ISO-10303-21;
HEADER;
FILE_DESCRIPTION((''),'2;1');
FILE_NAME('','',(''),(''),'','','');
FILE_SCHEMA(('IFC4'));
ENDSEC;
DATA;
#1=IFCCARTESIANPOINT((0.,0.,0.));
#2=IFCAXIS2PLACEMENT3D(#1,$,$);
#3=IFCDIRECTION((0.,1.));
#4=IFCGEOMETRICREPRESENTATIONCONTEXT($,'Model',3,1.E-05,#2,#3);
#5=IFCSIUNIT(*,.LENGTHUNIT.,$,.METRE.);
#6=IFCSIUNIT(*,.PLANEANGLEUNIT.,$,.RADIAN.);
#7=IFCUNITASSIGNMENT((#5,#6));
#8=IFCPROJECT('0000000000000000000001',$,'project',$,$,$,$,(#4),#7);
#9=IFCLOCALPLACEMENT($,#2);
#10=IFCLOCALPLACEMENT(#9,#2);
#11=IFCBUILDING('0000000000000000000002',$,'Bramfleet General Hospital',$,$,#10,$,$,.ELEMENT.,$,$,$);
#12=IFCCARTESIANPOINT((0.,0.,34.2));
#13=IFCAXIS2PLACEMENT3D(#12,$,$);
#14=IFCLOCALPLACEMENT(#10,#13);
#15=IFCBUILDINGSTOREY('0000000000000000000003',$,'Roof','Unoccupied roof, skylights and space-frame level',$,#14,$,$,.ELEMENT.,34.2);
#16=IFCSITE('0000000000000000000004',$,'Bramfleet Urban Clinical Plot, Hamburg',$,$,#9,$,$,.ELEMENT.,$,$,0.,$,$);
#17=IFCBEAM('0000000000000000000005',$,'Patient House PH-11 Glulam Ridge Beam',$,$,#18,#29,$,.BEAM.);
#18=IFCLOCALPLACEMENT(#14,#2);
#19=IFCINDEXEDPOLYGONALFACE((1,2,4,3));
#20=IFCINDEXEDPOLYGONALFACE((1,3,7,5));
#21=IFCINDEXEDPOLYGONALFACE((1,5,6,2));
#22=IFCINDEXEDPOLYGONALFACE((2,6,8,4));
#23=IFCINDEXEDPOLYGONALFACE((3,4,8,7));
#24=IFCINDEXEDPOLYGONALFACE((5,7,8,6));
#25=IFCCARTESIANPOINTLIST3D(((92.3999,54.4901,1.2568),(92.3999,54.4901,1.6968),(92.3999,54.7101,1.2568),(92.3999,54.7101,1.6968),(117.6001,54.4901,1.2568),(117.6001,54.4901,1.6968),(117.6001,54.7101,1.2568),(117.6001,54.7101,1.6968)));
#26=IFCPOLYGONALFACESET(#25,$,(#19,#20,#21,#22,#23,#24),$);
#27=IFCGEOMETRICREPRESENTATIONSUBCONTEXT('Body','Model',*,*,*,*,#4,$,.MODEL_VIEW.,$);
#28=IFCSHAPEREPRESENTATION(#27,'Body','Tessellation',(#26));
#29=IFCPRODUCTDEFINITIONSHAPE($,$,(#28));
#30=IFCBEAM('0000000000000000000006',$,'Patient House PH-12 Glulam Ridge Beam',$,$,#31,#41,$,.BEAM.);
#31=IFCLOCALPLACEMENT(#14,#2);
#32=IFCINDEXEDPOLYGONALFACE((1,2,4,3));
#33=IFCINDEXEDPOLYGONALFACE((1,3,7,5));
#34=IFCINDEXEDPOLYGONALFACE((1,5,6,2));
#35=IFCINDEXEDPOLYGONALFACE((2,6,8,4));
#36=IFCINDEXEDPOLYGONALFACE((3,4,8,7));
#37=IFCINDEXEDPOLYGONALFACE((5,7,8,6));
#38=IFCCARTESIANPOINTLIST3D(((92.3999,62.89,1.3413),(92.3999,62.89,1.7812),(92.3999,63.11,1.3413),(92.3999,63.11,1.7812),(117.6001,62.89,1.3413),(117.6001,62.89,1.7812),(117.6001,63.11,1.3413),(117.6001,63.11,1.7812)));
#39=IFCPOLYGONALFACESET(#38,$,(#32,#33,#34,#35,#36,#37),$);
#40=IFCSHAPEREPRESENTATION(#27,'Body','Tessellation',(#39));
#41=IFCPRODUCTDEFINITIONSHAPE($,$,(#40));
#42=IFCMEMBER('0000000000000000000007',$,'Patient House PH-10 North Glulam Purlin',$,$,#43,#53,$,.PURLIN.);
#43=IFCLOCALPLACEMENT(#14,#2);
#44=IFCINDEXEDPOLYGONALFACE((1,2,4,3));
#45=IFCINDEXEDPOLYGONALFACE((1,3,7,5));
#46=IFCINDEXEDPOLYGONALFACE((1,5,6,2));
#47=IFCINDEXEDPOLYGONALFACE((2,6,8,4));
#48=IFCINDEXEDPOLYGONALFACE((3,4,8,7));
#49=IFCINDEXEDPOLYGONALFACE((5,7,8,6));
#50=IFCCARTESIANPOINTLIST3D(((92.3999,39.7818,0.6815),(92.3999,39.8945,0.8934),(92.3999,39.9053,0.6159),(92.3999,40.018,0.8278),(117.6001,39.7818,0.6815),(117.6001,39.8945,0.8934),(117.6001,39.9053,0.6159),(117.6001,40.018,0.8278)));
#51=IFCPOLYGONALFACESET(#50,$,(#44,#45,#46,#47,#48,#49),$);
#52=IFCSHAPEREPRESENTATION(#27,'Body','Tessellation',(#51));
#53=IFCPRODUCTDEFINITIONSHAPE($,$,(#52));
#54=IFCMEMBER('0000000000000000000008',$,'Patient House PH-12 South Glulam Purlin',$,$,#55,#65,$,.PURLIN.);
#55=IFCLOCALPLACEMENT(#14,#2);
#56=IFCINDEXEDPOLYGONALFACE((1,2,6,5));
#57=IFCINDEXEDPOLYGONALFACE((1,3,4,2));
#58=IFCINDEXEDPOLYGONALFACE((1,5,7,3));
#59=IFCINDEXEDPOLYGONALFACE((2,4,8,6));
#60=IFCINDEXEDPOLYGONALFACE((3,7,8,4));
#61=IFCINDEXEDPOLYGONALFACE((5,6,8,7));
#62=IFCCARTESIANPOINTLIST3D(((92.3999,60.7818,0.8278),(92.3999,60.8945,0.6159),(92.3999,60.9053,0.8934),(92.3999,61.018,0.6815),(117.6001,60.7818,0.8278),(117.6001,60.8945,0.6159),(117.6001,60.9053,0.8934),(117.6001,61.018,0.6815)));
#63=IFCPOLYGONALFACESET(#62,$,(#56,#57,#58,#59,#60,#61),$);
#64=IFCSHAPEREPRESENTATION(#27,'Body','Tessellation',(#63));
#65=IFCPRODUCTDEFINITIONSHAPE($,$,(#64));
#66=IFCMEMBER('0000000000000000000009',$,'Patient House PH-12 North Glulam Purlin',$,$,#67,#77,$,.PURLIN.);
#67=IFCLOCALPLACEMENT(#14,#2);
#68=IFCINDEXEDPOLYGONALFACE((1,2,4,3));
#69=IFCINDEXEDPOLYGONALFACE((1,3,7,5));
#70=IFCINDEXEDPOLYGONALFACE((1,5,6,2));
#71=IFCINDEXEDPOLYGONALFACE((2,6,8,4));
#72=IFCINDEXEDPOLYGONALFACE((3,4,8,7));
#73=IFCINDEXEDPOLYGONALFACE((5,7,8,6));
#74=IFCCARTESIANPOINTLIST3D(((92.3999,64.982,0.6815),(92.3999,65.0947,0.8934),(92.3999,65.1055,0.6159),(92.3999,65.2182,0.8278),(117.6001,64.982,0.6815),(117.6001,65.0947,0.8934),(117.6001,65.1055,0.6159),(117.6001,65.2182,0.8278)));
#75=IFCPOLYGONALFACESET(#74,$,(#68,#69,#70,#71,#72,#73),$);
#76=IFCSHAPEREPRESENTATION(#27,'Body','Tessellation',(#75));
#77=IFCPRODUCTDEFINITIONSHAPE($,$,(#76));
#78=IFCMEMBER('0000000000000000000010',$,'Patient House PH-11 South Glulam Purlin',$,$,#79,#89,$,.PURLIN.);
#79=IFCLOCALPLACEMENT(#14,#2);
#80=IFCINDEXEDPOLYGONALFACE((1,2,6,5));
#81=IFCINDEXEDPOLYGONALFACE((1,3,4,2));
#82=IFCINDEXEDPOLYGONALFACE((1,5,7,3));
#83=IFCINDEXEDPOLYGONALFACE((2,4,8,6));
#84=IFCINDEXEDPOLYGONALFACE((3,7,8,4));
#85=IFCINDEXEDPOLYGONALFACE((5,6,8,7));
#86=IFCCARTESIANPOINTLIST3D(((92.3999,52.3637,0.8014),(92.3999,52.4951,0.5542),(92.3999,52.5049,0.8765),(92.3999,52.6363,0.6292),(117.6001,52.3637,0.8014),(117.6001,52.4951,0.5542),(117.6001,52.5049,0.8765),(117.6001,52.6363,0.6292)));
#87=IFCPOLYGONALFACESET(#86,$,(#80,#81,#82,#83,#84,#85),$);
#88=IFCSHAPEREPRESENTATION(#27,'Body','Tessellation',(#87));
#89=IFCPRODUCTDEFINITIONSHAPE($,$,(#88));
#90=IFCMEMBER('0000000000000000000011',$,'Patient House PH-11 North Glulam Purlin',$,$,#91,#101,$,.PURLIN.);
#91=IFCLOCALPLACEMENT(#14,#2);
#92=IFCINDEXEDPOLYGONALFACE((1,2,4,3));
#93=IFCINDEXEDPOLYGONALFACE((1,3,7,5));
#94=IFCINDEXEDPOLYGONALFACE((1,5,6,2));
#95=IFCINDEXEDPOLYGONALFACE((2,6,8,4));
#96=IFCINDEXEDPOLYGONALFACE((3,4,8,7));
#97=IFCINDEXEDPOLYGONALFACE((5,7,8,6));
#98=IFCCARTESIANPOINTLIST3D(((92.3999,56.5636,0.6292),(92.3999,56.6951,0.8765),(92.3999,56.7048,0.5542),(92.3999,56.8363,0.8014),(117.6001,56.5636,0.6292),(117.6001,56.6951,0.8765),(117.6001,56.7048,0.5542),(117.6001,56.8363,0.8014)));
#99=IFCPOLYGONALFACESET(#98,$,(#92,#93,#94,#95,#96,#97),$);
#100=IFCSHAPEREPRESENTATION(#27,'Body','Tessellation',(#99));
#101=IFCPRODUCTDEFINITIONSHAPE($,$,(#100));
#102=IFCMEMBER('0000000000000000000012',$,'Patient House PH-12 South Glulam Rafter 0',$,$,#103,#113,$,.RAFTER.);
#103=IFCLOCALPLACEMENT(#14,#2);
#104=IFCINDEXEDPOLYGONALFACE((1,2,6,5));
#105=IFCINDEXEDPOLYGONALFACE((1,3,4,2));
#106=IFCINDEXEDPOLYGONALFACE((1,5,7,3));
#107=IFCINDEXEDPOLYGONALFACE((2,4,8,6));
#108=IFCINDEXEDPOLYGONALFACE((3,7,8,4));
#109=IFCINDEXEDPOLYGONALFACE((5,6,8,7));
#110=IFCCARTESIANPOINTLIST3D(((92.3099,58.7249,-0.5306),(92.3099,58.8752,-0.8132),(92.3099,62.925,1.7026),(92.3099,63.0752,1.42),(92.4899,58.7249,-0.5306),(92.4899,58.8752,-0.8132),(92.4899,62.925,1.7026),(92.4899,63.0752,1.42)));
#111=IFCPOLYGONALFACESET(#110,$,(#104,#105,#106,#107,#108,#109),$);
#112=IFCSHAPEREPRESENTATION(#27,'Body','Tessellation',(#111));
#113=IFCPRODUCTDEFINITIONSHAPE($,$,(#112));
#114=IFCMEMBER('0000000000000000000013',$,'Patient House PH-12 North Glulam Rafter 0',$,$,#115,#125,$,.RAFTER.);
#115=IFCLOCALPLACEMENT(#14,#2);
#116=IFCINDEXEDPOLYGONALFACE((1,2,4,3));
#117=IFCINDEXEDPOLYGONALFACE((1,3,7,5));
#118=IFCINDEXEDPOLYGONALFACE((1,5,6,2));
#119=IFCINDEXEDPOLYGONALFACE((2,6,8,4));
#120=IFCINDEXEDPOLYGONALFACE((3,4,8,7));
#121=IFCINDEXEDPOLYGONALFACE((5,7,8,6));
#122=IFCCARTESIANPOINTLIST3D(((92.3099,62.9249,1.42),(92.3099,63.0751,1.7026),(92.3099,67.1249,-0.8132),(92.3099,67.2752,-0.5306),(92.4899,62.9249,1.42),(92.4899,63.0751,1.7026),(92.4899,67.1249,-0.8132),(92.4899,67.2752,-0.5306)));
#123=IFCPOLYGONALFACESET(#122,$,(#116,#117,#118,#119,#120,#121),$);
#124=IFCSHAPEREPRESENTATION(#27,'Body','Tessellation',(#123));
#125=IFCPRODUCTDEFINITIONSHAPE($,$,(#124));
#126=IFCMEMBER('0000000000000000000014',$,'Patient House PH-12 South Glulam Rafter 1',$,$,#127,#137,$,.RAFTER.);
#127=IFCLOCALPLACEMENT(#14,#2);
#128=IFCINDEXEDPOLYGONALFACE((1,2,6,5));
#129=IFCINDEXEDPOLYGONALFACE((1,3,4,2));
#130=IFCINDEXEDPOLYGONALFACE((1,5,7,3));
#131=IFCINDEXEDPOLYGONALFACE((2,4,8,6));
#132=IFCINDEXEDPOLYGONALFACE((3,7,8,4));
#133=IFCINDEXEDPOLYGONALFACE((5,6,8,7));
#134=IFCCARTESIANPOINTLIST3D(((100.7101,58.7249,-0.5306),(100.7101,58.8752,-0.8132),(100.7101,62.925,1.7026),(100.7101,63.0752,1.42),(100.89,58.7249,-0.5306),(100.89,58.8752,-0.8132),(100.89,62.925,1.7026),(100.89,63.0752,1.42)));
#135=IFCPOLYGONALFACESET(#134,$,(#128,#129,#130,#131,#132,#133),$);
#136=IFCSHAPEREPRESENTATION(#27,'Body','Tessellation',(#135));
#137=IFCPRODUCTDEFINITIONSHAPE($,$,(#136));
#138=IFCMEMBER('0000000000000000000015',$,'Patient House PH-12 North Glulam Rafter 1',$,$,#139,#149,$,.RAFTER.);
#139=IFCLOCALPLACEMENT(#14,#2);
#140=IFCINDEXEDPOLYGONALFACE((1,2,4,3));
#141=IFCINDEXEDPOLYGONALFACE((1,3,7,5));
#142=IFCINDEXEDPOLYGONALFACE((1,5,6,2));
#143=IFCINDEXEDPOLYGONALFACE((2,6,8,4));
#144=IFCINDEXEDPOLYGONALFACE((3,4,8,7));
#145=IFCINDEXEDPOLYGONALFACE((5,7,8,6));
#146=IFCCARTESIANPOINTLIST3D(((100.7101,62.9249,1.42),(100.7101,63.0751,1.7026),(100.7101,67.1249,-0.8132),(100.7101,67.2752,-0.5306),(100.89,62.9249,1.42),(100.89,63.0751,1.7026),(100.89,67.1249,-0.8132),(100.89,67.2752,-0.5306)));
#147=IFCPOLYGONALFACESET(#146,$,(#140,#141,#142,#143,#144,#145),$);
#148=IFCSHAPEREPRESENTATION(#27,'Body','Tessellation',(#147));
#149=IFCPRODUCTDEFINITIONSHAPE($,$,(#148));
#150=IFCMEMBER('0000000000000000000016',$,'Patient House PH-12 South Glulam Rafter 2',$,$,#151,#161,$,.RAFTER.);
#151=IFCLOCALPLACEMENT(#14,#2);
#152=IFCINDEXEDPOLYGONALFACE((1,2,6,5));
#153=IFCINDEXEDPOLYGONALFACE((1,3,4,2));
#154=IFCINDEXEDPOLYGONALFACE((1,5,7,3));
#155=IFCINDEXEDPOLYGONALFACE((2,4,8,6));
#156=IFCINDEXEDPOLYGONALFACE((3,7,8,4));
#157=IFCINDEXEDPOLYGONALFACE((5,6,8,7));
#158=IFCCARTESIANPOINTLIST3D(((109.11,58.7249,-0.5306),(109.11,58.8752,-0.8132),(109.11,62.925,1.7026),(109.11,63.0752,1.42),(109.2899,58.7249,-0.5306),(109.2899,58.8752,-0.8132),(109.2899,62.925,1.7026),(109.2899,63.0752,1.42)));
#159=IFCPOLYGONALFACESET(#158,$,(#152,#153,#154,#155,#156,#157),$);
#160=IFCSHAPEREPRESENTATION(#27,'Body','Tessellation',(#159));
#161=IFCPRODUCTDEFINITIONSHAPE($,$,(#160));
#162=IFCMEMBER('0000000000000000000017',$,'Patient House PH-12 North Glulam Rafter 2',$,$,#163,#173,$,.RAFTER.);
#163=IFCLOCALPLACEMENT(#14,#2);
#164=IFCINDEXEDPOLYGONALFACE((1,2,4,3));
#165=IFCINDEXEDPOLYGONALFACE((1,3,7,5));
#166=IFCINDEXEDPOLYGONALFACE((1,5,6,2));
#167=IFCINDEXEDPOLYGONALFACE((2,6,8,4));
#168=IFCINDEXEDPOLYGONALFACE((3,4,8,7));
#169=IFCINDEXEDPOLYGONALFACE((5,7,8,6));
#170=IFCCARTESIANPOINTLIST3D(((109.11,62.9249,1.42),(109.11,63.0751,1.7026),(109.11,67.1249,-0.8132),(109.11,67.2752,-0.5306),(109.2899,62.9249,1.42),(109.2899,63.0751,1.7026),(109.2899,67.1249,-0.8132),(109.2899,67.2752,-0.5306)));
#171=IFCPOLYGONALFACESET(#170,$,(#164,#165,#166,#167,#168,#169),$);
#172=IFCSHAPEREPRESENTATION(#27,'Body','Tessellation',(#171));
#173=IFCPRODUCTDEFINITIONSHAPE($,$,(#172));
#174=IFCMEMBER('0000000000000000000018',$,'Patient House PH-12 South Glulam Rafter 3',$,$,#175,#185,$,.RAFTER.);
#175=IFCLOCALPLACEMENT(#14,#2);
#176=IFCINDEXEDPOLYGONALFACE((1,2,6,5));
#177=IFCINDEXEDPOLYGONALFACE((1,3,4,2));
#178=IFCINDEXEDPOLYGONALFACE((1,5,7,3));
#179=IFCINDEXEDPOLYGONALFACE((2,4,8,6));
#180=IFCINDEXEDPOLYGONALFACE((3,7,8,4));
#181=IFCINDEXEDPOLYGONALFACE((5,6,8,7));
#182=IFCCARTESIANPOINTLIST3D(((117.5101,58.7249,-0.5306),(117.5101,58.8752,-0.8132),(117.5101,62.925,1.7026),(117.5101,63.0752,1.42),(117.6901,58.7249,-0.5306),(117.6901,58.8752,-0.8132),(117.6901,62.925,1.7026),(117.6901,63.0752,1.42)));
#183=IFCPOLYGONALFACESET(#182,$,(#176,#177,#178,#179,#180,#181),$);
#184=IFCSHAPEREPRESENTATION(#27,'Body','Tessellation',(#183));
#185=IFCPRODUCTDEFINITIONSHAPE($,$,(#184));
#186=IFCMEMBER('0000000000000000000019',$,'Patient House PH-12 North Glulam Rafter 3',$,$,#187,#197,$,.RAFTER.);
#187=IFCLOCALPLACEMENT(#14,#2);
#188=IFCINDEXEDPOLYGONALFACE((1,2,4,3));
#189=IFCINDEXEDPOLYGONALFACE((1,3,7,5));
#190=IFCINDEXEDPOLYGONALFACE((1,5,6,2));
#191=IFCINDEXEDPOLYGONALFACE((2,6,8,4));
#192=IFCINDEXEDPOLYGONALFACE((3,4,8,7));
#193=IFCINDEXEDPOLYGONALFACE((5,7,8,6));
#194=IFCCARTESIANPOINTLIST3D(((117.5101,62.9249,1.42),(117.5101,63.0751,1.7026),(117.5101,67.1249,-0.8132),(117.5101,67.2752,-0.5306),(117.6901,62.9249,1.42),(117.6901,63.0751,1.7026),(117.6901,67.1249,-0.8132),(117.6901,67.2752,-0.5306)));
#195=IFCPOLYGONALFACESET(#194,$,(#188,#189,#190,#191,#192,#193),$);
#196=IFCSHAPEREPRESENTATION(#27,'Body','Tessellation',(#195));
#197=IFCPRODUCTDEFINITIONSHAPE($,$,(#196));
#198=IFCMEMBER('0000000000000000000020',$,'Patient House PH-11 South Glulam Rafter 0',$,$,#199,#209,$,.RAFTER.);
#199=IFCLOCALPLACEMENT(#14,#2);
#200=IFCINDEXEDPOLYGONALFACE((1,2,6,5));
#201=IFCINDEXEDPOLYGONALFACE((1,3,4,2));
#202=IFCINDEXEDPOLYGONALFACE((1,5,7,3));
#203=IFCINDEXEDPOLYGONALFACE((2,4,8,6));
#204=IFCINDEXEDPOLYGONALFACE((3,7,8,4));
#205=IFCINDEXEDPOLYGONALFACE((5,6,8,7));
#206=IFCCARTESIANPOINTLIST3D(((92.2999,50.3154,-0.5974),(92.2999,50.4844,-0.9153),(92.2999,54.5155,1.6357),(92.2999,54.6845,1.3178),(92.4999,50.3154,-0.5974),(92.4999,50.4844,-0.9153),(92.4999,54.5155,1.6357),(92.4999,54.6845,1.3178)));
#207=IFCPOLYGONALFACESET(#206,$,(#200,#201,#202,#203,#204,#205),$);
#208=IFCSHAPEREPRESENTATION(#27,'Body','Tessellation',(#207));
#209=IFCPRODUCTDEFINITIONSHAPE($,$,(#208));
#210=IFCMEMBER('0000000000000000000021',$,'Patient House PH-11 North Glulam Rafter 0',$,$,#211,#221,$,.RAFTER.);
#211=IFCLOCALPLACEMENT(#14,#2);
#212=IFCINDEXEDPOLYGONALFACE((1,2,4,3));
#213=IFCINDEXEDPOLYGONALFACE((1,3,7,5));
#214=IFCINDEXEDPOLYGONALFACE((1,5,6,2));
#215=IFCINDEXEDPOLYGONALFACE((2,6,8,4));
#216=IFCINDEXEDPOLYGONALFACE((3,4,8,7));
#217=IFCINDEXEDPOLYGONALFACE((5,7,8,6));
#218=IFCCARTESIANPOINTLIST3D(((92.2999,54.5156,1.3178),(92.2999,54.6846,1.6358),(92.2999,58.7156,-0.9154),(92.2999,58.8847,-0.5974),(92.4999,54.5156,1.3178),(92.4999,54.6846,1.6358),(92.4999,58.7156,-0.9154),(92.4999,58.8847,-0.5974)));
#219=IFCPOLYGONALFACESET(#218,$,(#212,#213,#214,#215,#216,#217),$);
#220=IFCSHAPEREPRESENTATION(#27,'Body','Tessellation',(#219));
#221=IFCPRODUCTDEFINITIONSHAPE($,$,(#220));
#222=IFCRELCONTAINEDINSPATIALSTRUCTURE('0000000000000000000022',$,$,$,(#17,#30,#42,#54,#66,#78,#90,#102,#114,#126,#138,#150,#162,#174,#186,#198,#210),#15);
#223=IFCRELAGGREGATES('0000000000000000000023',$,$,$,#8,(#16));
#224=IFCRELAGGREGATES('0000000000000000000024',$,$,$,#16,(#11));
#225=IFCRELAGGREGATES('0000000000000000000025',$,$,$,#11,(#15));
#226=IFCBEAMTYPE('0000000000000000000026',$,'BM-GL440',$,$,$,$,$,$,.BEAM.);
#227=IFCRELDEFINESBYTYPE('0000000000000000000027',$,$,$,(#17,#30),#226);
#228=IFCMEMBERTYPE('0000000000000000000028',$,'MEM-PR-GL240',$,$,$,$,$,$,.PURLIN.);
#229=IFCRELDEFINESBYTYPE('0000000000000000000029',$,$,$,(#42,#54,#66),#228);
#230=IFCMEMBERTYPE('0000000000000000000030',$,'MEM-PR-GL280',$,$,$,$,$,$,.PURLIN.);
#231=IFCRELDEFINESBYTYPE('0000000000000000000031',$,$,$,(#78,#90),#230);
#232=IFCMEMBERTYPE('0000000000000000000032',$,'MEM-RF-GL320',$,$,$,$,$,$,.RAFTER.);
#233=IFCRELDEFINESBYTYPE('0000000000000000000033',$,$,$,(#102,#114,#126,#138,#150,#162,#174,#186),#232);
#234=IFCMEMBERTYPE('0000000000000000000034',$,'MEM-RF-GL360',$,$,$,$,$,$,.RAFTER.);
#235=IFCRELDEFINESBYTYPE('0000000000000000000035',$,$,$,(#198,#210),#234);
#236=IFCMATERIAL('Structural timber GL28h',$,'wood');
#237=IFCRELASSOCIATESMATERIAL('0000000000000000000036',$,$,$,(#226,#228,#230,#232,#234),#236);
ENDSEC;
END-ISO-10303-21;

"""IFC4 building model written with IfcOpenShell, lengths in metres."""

from ifc_helpers import new_model, si_unit, direction, frame, origin, origin_2d, place, context, subcontext, project, spatial, rectangle, extrude, material, material_profile, profile_set, type_object, element, save


model = new_model("IFC4")

# Units and contexts
model_context = context("Model", 3, precision=1e-05, world=origin(), true_north=direction((0.0, 1.0)))
body_context = subcontext(model_context, "Body", "Model", "MODEL_VIEW")
ifc_project = project(units=[si_unit("LENGTHUNIT", "METRE"), si_unit("PLANEANGLEUNIT", "RADIAN")], contexts=[model_context])

# Site, building, storey
site_placement = place(None, origin())
site = spatial("IfcSite", under=ifc_project, at=site_placement, Name="Bramfleet Urban Clinical Plot, Hamburg", CompositionType="ELEMENT", RefElevation=0.0)
building_placement = place(site_placement, origin())
building = spatial("IfcBuilding", under=site, at=building_placement, Name="Bramfleet General Hospital", CompositionType="ELEMENT")
storey_placement = place(building_placement, frame((0.0, 0.0, 34.2)))
storey = spatial("IfcBuildingStorey", under=building, at=storey_placement, Name="Roof", Description="Unoccupied roof, skylights and space-frame level", CompositionType="ELEMENT", Elevation=34.2)

# Beams
ifc_material_1 = material(Name="Structural timber GL28h", Category="wood")
ifc_material_profile_1 = material_profile(ifc_material_1, rectangle(XDim=0.22, YDim=0.4399, at=origin_2d()), Name="GL28h 440x220")
ifc_profile_set_1 = profile_set([ifc_material_profile_1], Name="Structural timber GL28h")
beam_type = type_object("IfcBeamType", Name="BM-GL440", PredefinedType="BEAM", material=ifc_profile_set_1)
for number, where, z_axis, x_axis, name in (
    (1, (92.3999, 54.6001, 1.4768), (1.0, 0.0, 0.0), (0.0, 1.0, 0.0), "Patient House PH-11 Glulam Ridge Beam"),
    (2, (92.3999, 63.0, 1.5613), (1.0, 0.0, 0.0), (0.0, 1.0, 0.0), "Patient House PH-12 Glulam Ridge Beam"),
):
    element("IfcBeam", number, at=place(storey_placement, frame(where, z_axis=z_axis, x_axis=x_axis)), inside=storey, type_object=beam_type, Name=name, PredefinedType="BEAM", context=body_context, shape_type="SweptSolid", body=[
        extrude(rectangle(XDim=0.22, YDim=0.4399, at=origin_2d()), origin(), (0.0, 0.0, 1.0), 25.2002),
    ])

# Members
ifc_material_profile_2 = material_profile(ifc_material_1, rectangle(XDim=0.1399, YDim=0.24, at=origin_2d()), Name="GL28h 240x140")
ifc_profile_set_2 = profile_set([ifc_material_profile_2], Name="Structural timber GL28h")
member_type_1 = type_object("IfcMemberType", Name="MEM-PR-GL240", PredefinedType="PURLIN", material=ifc_profile_set_2)
for number, where, z_axis, x_axis, name in (
    (3, (92.3999, 39.8999, 0.7546), (1.0, 0.0, 0.0), (0.0, 0.882948, -0.469472), "Patient House PH-10 North Glulam Purlin"),
    (4, (92.3999, 60.8999, 0.7546), (1.0, 0.0, 0.0), (0.0, 0.882948, 0.469472), "Patient House PH-12 South Glulam Purlin"),
    (5, (92.3999, 65.1001, 0.7546), (1.0, 0.0, 0.0), (0.0, 0.882948, -0.469472), "Patient House PH-12 North Glulam Purlin"),
):
    element("IfcMember", number, at=place(storey_placement, frame(where, z_axis=z_axis, x_axis=x_axis)), inside=storey, type_object=member_type_1, Name=name, PredefinedType="PURLIN", context=body_context, shape_type="SweptSolid", body=[
        extrude(rectangle(XDim=0.1399, YDim=0.24, at=origin_2d()), origin(), (0.0, 0.0, 1.0), 25.2002),
    ])
ifc_material_profile_3 = material_profile(ifc_material_1, rectangle(XDim=0.1599, YDim=0.28, at=origin_2d()), Name="GL28h 280x160")
ifc_profile_set_3 = profile_set([ifc_material_profile_3], Name="Structural timber GL28h")
member_type_2 = type_object("IfcMemberType", Name="MEM-PR-GL280", PredefinedType="PURLIN", material=ifc_profile_set_3)
for number, where, z_axis, x_axis, name in (
    (6, (92.3999, 52.5, 0.7153), (1.0, 0.0, 0.0), (0.0, 0.882948, 0.469472), "Patient House PH-11 South Glulam Purlin"),
    (7, (92.3999, 56.7, 0.7153), (1.0, 0.0, 0.0), (0.0, 0.882948, -0.469472), "Patient House PH-11 North Glulam Purlin"),
):
    element("IfcMember", number, at=place(storey_placement, frame(where, z_axis=z_axis, x_axis=x_axis)), inside=storey, type_object=member_type_2, Name=name, PredefinedType="PURLIN", context=body_context, shape_type="SweptSolid", body=[
        extrude(rectangle(XDim=0.1599, YDim=0.28, at=origin_2d()), origin(), (0.0, 0.0, 1.0), 25.2002),
    ])
ifc_material_profile_4 = material_profile(ifc_material_1, rectangle(XDim=0.1799, YDim=0.3201, at=origin_2d()), Name="GL28h 320x180")
ifc_profile_set_4 = profile_set([ifc_material_profile_4], Name="Structural timber GL28h")
member_type_3 = type_object("IfcMemberType", Name="MEM-RF-GL320", PredefinedType="RAFTER", material=ifc_profile_set_4)
for number, where, z_axis, x_axis, name in (
    (8, (92.3999, 58.8, -0.6719), (0.0, 0.882948, 0.469472), (-1.0, 0.0, 0.0), "Patient House PH-12 South Glulam Rafter 0"),
    (9, (92.3999, 63.0, 1.5613), (0.0, 0.882948, -0.469472), (-1.0, 0.0, 0.0), "Patient House PH-12 North Glulam Rafter 0"),
    (10, (100.8, 58.8, -0.6719), (0.0, 0.882948, 0.469472), (-1.0, 0.0, 0.0), "Patient House PH-12 South Glulam Rafter 1"),
    (11, (100.8, 63.0, 1.5613), (0.0, 0.882948, -0.469472), (-1.0, 0.0, 0.0), "Patient House PH-12 North Glulam Rafter 1"),
    (12, (109.2, 58.8, -0.6719), (0.0, 0.882948, 0.469472), (-1.0, 0.0, 0.0), "Patient House PH-12 South Glulam Rafter 2"),
    (13, (109.2, 63.0, 1.5613), (0.0, 0.882948, -0.469472), (-1.0, 0.0, 0.0), "Patient House PH-12 North Glulam Rafter 2"),
    (14, (117.6001, 58.8, -0.6719), (0.0, 0.882948, 0.469472), (-1.0, 0.0, 0.0), "Patient House PH-12 South Glulam Rafter 3"),
    (15, (117.6001, 63.0, 1.5613), (0.0, 0.882948, -0.469472), (-1.0, 0.0, 0.0), "Patient House PH-12 North Glulam Rafter 3"),
):
    element("IfcMember", number, at=place(storey_placement, frame(where, z_axis=z_axis, x_axis=x_axis)), inside=storey, type_object=member_type_3, Name=name, PredefinedType="RAFTER", context=body_context, shape_type="SweptSolid", body=[
        extrude(rectangle(XDim=0.1799, YDim=0.3201, at=origin_2d()), origin(), (0.0, 0.0, 1.0), 4.7568),
    ])
ifc_material_profile_5 = material_profile(ifc_material_1, rectangle(XDim=0.2, YDim=0.3601, at=origin_2d()), Name="GL28h 360x200")
ifc_profile_set_5 = profile_set([ifc_material_profile_5], Name="Structural timber GL28h")
member_type_4 = type_object("IfcMemberType", Name="MEM-RF-GL360", PredefinedType="RAFTER", material=ifc_profile_set_5)
for number, where, z_axis, x_axis, name in (
    (16, (92.3999, 50.3999, -0.7563), (0.0, 0.882959, 0.46945), (-1.0, 0.0, 0.0), "Patient House PH-11 South Glulam Rafter 0"),
    (17, (92.3999, 54.6001, 1.4768), (0.0, 0.882948, -0.469472), (-1.0, 0.0, 0.0), "Patient House PH-11 North Glulam Rafter 0"),
):
    element("IfcMember", number, at=place(storey_placement, frame(where, z_axis=z_axis, x_axis=x_axis)), inside=storey, type_object=member_type_4, Name=name, PredefinedType="RAFTER", context=body_context, shape_type="SweptSolid", body=[
        extrude(rectangle(XDim=0.2, YDim=0.3601, at=origin_2d()), origin(), (0.0, 0.0, 1.0), 4.7568),
    ])

save(model, "model.ifc")
